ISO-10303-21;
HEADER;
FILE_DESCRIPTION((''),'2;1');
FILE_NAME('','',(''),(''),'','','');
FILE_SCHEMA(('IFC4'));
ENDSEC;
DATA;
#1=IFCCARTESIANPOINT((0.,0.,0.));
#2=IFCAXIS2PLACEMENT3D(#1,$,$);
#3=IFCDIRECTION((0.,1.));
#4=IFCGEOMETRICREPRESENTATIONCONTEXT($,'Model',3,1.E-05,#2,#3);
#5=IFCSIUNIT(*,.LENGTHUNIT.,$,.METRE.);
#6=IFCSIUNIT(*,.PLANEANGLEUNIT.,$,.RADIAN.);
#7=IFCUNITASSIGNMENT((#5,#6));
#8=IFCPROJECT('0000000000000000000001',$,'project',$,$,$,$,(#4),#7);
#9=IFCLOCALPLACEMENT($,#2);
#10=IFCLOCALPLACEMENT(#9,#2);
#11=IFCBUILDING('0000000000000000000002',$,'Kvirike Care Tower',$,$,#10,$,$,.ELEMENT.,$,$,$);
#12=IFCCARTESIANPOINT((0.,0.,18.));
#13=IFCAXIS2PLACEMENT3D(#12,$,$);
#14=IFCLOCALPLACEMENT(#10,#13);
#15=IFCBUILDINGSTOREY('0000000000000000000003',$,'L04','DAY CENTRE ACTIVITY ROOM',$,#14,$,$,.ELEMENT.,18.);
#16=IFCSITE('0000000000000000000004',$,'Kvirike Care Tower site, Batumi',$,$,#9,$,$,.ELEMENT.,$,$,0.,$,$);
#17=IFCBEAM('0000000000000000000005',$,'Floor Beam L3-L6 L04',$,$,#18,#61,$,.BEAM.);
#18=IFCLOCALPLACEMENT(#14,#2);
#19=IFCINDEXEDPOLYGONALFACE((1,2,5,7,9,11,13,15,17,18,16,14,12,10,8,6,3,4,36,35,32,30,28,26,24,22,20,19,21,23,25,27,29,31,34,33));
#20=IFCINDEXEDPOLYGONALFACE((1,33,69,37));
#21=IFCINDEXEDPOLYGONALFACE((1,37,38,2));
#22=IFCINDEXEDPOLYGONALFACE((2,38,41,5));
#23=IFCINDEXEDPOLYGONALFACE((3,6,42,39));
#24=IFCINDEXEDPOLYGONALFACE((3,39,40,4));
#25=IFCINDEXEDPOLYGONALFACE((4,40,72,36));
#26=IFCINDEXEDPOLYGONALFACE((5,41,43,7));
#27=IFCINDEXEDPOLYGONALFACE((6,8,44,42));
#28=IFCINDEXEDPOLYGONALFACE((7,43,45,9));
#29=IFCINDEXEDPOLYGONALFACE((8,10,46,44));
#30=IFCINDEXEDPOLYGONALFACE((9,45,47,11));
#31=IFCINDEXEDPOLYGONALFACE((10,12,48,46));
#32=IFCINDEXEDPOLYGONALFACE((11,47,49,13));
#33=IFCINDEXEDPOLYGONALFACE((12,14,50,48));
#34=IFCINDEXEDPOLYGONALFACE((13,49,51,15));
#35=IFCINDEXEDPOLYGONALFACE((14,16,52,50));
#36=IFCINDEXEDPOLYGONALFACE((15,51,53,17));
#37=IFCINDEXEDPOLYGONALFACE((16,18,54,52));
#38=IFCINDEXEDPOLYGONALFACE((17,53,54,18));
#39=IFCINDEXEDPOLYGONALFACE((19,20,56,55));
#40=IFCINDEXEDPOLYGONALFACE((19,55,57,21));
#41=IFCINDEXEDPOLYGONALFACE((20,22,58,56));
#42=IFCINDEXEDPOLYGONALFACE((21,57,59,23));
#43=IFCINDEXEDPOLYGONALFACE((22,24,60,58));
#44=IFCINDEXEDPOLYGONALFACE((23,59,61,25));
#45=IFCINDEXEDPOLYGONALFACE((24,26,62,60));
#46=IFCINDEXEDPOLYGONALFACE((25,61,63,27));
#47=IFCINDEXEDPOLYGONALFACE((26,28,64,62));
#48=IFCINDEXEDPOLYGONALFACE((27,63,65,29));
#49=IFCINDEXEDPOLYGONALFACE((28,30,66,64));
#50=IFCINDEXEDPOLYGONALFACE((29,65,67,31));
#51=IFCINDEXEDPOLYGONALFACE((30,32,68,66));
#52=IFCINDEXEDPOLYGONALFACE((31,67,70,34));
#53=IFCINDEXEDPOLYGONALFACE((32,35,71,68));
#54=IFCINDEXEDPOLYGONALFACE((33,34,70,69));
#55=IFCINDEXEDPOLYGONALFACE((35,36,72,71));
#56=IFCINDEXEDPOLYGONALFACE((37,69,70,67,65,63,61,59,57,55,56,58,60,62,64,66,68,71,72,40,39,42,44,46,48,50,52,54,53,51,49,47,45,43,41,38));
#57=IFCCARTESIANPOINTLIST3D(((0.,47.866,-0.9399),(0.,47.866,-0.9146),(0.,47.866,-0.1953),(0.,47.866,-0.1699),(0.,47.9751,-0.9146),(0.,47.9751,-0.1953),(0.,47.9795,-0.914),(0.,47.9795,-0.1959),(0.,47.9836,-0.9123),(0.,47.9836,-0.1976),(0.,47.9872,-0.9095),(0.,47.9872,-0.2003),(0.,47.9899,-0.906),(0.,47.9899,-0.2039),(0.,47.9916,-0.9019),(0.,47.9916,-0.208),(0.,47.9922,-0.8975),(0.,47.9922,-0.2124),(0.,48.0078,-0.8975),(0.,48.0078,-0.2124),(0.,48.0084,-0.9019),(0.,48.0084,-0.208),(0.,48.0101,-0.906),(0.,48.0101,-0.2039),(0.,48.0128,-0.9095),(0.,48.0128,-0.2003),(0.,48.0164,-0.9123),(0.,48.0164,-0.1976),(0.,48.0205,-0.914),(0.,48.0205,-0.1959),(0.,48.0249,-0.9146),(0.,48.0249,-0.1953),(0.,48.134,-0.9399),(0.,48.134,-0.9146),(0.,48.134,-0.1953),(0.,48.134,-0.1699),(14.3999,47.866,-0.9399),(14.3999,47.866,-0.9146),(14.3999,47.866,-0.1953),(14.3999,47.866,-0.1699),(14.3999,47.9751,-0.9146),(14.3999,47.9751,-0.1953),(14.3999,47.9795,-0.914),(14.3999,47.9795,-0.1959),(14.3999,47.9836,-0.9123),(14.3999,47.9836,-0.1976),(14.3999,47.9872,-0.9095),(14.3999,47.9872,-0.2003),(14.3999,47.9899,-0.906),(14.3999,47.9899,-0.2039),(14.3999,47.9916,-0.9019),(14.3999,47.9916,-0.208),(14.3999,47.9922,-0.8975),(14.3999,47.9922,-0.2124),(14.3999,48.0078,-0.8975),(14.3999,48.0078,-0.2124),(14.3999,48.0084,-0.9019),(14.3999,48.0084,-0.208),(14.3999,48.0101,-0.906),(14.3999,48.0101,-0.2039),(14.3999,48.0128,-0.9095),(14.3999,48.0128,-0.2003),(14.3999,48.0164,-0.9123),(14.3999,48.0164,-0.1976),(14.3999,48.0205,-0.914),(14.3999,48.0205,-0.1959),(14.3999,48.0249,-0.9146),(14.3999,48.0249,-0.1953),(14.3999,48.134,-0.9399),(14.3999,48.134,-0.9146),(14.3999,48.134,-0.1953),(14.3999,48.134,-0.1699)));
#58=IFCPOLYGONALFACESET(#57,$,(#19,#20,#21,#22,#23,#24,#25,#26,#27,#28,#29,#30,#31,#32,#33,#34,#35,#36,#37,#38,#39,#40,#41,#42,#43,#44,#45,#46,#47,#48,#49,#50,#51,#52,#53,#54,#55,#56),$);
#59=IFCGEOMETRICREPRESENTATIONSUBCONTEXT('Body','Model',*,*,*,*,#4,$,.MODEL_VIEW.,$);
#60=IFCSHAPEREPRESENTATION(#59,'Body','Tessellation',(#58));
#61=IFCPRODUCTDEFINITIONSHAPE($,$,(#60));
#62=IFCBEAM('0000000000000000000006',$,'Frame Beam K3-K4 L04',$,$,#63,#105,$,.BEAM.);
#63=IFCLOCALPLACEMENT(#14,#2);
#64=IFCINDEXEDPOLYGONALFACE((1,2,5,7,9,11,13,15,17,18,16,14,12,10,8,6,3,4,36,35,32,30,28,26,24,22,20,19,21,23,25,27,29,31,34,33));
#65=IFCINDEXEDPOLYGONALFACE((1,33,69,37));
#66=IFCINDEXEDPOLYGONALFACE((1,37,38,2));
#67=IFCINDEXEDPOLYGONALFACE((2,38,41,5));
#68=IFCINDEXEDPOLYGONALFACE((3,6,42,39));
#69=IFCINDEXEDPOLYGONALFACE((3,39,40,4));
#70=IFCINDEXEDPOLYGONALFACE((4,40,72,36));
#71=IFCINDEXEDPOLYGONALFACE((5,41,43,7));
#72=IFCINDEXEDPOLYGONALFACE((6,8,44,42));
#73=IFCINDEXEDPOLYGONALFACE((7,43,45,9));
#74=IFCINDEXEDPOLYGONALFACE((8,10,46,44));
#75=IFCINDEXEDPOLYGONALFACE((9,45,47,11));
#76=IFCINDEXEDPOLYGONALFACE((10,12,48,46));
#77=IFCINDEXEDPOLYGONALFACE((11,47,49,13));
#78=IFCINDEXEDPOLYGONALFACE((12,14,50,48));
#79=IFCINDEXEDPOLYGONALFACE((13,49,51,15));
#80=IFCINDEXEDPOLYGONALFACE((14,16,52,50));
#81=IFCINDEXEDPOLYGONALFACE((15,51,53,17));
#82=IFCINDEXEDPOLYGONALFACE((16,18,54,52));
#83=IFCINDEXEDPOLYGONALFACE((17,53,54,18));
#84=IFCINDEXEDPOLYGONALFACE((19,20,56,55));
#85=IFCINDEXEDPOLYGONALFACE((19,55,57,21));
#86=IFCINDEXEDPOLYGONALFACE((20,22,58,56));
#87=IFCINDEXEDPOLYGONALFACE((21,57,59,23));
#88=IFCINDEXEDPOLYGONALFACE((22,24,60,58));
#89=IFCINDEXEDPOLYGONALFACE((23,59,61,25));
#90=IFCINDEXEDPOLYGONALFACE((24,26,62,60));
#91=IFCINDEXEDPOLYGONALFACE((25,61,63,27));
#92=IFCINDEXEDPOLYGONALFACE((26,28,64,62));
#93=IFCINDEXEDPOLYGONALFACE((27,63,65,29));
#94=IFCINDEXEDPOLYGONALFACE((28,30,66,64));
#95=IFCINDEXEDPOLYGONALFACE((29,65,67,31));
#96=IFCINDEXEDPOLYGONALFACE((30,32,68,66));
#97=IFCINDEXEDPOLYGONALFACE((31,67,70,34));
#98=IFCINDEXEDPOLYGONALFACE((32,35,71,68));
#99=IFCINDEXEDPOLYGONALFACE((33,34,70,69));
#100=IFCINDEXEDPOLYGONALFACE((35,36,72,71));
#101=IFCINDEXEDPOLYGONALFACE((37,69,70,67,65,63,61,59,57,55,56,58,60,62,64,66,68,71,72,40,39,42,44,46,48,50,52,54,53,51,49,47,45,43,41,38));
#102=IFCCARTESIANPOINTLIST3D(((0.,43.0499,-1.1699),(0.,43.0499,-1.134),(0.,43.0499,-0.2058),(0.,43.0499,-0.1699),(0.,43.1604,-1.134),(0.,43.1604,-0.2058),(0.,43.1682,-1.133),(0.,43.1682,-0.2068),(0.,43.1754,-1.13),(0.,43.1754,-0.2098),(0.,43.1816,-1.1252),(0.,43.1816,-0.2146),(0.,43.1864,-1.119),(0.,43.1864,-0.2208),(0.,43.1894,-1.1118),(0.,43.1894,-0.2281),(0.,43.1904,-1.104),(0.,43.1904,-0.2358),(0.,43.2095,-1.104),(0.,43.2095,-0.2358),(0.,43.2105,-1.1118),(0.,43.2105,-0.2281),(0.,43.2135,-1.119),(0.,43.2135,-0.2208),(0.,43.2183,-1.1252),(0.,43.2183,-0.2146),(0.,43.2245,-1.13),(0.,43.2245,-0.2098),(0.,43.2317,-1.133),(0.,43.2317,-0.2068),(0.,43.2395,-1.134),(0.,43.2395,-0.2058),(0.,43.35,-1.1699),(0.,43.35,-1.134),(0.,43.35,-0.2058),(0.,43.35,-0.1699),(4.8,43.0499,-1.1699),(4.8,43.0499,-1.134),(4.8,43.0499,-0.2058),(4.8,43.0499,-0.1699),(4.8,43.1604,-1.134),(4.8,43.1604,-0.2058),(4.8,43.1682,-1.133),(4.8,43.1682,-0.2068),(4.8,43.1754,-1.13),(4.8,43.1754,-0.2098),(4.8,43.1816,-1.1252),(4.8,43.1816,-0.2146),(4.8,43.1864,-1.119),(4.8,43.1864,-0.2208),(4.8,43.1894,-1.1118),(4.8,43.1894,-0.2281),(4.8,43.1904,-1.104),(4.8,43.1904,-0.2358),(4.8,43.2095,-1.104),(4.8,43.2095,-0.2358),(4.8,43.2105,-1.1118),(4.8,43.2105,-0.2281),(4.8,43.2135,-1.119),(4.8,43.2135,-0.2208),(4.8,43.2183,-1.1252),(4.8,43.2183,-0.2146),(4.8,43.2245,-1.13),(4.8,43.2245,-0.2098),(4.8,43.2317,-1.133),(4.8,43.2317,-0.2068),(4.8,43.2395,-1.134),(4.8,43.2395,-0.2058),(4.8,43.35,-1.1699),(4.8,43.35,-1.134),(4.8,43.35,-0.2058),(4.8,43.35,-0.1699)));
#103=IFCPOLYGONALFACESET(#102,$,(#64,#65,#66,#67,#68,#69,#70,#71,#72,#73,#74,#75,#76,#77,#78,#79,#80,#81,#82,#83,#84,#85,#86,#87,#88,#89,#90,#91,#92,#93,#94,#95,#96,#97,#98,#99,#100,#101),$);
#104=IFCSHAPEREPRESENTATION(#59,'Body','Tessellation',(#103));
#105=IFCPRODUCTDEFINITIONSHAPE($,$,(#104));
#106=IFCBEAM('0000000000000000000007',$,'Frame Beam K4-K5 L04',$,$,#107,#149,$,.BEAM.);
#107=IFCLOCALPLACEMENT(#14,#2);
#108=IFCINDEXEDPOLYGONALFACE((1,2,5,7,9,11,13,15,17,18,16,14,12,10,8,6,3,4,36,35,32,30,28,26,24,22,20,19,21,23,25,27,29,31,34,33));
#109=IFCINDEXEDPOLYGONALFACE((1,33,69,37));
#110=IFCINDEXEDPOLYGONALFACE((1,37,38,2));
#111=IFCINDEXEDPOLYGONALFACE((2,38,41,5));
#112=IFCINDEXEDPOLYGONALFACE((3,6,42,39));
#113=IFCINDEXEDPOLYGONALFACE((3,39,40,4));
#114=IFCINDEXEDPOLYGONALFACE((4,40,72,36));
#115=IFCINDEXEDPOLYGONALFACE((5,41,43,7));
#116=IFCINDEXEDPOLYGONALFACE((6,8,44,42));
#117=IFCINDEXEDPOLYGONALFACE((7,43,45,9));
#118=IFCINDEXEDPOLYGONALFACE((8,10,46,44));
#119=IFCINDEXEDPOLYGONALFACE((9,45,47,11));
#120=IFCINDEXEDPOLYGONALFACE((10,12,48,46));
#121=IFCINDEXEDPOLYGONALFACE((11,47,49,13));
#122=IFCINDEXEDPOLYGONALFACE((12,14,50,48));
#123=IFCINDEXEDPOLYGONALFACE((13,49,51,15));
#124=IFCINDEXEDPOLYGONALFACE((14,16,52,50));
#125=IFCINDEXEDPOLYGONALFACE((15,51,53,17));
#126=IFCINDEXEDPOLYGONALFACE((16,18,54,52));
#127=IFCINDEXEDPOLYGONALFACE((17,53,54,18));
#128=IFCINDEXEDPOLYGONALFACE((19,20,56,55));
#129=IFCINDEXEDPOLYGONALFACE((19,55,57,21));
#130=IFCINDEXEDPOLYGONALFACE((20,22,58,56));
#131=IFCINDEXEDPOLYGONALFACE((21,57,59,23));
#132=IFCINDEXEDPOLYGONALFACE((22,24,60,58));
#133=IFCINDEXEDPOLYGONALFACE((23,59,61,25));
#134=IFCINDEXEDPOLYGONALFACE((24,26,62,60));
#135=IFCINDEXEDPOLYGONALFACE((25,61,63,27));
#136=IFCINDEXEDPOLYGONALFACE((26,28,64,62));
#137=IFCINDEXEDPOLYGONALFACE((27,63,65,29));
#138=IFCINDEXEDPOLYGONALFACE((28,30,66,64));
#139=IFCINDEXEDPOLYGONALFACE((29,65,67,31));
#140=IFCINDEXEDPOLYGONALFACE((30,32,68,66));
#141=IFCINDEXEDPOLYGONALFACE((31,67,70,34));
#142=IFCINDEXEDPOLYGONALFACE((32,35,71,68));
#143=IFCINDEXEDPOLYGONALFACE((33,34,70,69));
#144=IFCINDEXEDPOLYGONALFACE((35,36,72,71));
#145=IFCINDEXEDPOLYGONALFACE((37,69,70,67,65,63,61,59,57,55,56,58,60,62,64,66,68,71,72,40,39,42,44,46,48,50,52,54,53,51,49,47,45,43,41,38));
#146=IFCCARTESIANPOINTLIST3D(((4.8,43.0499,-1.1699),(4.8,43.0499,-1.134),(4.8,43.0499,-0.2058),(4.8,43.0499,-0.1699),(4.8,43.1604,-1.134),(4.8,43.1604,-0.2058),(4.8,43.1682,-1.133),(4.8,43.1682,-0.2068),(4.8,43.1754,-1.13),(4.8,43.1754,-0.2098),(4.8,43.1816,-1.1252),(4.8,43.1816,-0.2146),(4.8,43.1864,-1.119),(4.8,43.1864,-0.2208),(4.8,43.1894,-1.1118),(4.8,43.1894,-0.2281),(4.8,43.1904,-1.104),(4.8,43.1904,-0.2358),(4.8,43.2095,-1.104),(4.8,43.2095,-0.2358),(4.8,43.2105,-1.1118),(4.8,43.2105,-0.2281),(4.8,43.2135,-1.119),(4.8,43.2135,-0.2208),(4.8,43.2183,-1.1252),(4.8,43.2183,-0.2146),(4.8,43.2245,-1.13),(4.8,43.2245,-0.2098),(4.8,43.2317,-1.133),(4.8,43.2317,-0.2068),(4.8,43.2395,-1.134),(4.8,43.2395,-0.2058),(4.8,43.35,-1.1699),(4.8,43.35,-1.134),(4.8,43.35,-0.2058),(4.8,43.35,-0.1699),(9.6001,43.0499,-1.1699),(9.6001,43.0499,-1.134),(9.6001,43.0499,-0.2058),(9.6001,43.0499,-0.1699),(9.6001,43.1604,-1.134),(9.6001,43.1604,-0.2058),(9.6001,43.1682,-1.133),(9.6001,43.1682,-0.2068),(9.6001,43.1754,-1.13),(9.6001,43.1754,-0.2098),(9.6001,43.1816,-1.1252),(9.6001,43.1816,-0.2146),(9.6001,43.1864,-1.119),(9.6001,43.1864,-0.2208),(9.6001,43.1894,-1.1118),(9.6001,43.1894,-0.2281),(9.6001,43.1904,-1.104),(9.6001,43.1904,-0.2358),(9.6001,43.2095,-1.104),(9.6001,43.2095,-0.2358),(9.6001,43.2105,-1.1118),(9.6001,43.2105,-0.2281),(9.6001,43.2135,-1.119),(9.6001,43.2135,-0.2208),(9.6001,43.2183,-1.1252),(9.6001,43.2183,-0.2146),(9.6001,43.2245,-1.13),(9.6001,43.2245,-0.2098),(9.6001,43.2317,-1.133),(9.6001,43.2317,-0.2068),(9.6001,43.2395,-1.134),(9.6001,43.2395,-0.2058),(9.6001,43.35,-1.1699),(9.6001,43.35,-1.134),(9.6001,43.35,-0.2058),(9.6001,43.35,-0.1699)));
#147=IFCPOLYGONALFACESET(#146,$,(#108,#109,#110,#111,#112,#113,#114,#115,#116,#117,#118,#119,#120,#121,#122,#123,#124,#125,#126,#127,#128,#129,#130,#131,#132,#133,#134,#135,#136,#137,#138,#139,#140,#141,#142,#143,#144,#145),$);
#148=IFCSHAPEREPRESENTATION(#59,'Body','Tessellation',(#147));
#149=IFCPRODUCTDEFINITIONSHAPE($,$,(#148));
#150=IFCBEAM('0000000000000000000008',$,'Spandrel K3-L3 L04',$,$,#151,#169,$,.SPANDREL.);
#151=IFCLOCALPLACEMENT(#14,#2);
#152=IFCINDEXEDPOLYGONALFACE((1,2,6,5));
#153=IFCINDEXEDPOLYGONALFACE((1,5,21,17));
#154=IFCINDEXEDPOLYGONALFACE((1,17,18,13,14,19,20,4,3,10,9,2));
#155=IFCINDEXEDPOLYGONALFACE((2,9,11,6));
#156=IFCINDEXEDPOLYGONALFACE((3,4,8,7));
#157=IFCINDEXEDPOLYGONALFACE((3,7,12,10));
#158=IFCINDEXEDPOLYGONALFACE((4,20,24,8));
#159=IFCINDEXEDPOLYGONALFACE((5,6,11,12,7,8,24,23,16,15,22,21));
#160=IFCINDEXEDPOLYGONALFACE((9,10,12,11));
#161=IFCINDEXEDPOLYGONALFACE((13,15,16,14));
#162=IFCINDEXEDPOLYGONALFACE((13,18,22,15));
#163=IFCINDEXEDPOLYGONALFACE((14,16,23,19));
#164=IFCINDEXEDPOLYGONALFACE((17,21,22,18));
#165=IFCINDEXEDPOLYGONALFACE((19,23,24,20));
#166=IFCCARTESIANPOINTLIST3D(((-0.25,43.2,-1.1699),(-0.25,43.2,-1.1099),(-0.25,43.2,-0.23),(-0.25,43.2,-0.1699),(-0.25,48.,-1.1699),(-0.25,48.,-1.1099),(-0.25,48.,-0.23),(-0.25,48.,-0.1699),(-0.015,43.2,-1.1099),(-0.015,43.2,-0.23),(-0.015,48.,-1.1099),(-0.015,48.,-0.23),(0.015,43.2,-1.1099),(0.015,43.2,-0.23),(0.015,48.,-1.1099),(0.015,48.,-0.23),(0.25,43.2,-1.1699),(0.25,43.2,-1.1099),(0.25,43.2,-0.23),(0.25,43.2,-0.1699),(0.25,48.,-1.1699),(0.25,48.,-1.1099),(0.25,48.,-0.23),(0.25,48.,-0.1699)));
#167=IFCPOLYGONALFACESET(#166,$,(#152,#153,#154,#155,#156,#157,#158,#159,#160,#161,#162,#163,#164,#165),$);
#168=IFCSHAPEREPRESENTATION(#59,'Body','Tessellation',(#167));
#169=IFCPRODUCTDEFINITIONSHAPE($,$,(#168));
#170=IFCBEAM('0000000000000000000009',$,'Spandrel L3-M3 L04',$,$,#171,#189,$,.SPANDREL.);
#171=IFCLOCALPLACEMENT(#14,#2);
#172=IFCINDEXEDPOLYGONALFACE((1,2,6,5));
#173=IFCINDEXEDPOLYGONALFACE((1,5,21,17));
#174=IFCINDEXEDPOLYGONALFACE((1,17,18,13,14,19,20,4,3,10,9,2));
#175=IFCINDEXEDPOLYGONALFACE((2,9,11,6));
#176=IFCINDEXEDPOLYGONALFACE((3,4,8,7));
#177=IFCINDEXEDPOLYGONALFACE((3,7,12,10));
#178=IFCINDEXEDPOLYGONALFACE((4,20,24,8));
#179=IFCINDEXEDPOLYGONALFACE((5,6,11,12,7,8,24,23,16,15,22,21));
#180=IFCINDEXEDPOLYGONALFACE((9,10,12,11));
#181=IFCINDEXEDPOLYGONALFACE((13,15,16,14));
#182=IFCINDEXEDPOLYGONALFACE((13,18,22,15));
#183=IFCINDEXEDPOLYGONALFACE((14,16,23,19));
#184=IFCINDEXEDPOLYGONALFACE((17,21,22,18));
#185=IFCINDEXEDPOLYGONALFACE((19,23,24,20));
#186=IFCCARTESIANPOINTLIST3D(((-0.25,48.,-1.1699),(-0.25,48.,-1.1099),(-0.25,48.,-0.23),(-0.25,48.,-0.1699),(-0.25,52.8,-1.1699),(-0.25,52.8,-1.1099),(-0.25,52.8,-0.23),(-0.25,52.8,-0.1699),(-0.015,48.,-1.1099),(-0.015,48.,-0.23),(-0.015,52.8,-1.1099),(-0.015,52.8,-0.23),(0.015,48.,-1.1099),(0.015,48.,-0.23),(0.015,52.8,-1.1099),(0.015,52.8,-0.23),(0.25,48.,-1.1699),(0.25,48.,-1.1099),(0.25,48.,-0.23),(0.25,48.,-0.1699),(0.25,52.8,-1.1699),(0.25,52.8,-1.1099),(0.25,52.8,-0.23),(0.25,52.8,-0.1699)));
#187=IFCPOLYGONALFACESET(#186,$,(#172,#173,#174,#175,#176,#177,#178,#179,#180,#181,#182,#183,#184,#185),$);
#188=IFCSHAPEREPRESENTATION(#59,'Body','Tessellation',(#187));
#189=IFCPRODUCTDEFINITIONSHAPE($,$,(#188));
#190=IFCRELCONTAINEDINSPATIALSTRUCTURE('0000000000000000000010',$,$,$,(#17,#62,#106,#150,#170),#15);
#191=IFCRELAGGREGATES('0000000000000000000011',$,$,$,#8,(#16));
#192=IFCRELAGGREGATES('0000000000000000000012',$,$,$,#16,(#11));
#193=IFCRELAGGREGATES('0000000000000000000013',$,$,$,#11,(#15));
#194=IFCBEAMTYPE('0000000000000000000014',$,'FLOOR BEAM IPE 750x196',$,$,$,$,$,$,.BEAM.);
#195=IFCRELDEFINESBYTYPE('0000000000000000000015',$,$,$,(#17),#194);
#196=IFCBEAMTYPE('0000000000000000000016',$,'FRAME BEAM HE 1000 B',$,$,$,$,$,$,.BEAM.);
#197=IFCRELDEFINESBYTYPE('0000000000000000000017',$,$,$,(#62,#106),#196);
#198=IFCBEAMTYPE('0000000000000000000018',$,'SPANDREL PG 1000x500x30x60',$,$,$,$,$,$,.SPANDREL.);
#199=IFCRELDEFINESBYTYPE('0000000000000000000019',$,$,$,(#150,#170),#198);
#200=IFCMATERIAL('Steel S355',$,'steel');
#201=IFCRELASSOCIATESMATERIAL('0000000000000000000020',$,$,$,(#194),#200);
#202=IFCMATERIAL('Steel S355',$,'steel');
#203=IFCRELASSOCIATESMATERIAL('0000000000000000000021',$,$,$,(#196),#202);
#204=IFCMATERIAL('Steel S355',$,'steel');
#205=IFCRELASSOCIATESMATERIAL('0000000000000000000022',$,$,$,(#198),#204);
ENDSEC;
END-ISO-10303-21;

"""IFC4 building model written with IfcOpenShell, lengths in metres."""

from ifc_helpers import new_model, si_unit, direction, frame, origin, origin_2d, place, context, subcontext, project, spatial, i_section, extrude, material, material_profile, profile_set, type_object, element, save


model = new_model("IFC4")

# Units and contexts
model_context = context("Model", 3, precision=1e-05, world=origin(), true_north=direction((0.0, 1.0)))
body_context = subcontext(model_context, "Body", "Model", "MODEL_VIEW")
ifc_project = project(units=[si_unit("LENGTHUNIT", "METRE"), si_unit("PLANEANGLEUNIT", "RADIAN")], contexts=[model_context])

# Site, building, storey
site_placement = place(None, origin())
site = spatial("IfcSite", under=ifc_project, at=site_placement, Name="Kvirike Care Tower site, Batumi", CompositionType="ELEMENT", RefElevation=0.0)
building_placement = place(site_placement, origin())
building = spatial("IfcBuilding", under=site, at=building_placement, Name="Kvirike Care Tower", CompositionType="ELEMENT")
storey_placement = place(building_placement, frame((0.0, 0.0, 18.0)))
storey = spatial("IfcBuildingStorey", under=building, at=storey_placement, Name="L04", Description="DAY CENTRE ACTIVITY ROOM", CompositionType="ELEMENT", Elevation=18.0)

# Beams
ifc_material_1 = material(Name="Steel S355", Category="steel")
ifc_material_profile_1 = material_profile(ifc_material_1, i_section(OverallWidth=0.2681, OverallDepth=0.77, WebThickness=0.0156, FlangeThickness=0.0254, FilletRadius=0.0171, at=origin_2d()), Name="IPE 750x196")
ifc_profile_set_1 = profile_set([ifc_material_profile_1], Name="Steel S355")
beam_type_1 = type_object("IfcBeamType", Name="FLOOR BEAM IPE 750x196", PredefinedType="BEAM", material=ifc_profile_set_1)
beam_placement = place(storey_placement, frame((0.0, 48.0, -0.5549), z_axis=(1.0, 0.0, 0.0), x_axis=(0.0, 1.0, 0.0)))
element("IfcBeam", 1, at=beam_placement, inside=storey, type_object=beam_type_1, Name="Floor Beam L3-L6 L04", PredefinedType="BEAM", context=body_context, shape_type="SweptSolid", body=[
    extrude(i_section(OverallWidth=0.2681, OverallDepth=0.77, WebThickness=0.0156, FlangeThickness=0.0254, FilletRadius=0.0171, at=origin_2d()), origin(), (0.0, 0.0, 1.0), 14.3999),
])
ifc_material_2 = material(Name="Steel S355", Category="steel")
ifc_material_profile_2 = material_profile(ifc_material_2, i_section(OverallWidth=0.3, OverallDepth=1.0, WebThickness=0.019, FlangeThickness=0.0359, FilletRadius=0.03, at=origin_2d()), Name="HE 1000 B")
ifc_profile_set_2 = profile_set([ifc_material_profile_2], Name="Steel S355")
beam_type_2 = type_object("IfcBeamType", Name="FRAME BEAM HE 1000 B", PredefinedType="BEAM", material=ifc_profile_set_2)
for number, where, z_axis, x_axis, name in (
    (2, (0.0, 43.2, -0.6699), (1.0, 0.0, 0.0), (0.0, 1.0, 0.0), "Frame Beam K3-K4 L04"),
    (3, (4.8, 43.2, -0.6699), (1.0, 0.0, 0.0), (0.0, 1.0, 0.0), "Frame Beam K4-K5 L04"),
):
    element("IfcBeam", number, at=place(storey_placement, frame(where, z_axis=z_axis, x_axis=x_axis)), inside=storey, type_object=beam_type_2, Name=name, PredefinedType="BEAM", context=body_context, shape_type="SweptSolid", body=[
        extrude(i_section(OverallWidth=0.3, OverallDepth=1.0, WebThickness=0.019, FlangeThickness=0.0359, FilletRadius=0.03, at=origin_2d()), origin(), (0.0, 0.0, 1.0), 4.8),
    ])
ifc_material_3 = material(Name="Steel S355", Category="steel")
ifc_material_profile_3 = material_profile(ifc_material_3, i_section(OverallWidth=0.5, OverallDepth=1.0, WebThickness=0.03, FlangeThickness=0.0601, at=origin_2d()), Name="PG 1000x500x30x60")
ifc_profile_set_3 = profile_set([ifc_material_profile_3], Name="Steel S355")
beam_type_3 = type_object("IfcBeamType", Name="SPANDREL PG 1000x500x30x60", PredefinedType="SPANDREL", material=ifc_profile_set_3)
for number, where, z_axis, x_axis, name in (
    (4, (0.0, 43.2, -0.6699), (0.0, 1.0, 0.0), (-1.0, 0.0, 0.0), "Spandrel K3-L3 L04"),
    (5, (0.0, 48.0, -0.6699), (0.0, 1.0, 0.0), (-1.0, 0.0, 0.0), "Spandrel L3-M3 L04"),
):
    element("IfcBeam", number, at=place(storey_placement, frame(where, z_axis=z_axis, x_axis=x_axis)), inside=storey, type_object=beam_type_3, Name=name, PredefinedType="SPANDREL", context=body_context, shape_type="SweptSolid", body=[
        extrude(i_section(OverallWidth=0.5, OverallDepth=1.0, WebThickness=0.03, FlangeThickness=0.0601, at=origin_2d()), origin(), (0.0, 0.0, 1.0), 4.8),
    ])

save(model, "model.ifc")
